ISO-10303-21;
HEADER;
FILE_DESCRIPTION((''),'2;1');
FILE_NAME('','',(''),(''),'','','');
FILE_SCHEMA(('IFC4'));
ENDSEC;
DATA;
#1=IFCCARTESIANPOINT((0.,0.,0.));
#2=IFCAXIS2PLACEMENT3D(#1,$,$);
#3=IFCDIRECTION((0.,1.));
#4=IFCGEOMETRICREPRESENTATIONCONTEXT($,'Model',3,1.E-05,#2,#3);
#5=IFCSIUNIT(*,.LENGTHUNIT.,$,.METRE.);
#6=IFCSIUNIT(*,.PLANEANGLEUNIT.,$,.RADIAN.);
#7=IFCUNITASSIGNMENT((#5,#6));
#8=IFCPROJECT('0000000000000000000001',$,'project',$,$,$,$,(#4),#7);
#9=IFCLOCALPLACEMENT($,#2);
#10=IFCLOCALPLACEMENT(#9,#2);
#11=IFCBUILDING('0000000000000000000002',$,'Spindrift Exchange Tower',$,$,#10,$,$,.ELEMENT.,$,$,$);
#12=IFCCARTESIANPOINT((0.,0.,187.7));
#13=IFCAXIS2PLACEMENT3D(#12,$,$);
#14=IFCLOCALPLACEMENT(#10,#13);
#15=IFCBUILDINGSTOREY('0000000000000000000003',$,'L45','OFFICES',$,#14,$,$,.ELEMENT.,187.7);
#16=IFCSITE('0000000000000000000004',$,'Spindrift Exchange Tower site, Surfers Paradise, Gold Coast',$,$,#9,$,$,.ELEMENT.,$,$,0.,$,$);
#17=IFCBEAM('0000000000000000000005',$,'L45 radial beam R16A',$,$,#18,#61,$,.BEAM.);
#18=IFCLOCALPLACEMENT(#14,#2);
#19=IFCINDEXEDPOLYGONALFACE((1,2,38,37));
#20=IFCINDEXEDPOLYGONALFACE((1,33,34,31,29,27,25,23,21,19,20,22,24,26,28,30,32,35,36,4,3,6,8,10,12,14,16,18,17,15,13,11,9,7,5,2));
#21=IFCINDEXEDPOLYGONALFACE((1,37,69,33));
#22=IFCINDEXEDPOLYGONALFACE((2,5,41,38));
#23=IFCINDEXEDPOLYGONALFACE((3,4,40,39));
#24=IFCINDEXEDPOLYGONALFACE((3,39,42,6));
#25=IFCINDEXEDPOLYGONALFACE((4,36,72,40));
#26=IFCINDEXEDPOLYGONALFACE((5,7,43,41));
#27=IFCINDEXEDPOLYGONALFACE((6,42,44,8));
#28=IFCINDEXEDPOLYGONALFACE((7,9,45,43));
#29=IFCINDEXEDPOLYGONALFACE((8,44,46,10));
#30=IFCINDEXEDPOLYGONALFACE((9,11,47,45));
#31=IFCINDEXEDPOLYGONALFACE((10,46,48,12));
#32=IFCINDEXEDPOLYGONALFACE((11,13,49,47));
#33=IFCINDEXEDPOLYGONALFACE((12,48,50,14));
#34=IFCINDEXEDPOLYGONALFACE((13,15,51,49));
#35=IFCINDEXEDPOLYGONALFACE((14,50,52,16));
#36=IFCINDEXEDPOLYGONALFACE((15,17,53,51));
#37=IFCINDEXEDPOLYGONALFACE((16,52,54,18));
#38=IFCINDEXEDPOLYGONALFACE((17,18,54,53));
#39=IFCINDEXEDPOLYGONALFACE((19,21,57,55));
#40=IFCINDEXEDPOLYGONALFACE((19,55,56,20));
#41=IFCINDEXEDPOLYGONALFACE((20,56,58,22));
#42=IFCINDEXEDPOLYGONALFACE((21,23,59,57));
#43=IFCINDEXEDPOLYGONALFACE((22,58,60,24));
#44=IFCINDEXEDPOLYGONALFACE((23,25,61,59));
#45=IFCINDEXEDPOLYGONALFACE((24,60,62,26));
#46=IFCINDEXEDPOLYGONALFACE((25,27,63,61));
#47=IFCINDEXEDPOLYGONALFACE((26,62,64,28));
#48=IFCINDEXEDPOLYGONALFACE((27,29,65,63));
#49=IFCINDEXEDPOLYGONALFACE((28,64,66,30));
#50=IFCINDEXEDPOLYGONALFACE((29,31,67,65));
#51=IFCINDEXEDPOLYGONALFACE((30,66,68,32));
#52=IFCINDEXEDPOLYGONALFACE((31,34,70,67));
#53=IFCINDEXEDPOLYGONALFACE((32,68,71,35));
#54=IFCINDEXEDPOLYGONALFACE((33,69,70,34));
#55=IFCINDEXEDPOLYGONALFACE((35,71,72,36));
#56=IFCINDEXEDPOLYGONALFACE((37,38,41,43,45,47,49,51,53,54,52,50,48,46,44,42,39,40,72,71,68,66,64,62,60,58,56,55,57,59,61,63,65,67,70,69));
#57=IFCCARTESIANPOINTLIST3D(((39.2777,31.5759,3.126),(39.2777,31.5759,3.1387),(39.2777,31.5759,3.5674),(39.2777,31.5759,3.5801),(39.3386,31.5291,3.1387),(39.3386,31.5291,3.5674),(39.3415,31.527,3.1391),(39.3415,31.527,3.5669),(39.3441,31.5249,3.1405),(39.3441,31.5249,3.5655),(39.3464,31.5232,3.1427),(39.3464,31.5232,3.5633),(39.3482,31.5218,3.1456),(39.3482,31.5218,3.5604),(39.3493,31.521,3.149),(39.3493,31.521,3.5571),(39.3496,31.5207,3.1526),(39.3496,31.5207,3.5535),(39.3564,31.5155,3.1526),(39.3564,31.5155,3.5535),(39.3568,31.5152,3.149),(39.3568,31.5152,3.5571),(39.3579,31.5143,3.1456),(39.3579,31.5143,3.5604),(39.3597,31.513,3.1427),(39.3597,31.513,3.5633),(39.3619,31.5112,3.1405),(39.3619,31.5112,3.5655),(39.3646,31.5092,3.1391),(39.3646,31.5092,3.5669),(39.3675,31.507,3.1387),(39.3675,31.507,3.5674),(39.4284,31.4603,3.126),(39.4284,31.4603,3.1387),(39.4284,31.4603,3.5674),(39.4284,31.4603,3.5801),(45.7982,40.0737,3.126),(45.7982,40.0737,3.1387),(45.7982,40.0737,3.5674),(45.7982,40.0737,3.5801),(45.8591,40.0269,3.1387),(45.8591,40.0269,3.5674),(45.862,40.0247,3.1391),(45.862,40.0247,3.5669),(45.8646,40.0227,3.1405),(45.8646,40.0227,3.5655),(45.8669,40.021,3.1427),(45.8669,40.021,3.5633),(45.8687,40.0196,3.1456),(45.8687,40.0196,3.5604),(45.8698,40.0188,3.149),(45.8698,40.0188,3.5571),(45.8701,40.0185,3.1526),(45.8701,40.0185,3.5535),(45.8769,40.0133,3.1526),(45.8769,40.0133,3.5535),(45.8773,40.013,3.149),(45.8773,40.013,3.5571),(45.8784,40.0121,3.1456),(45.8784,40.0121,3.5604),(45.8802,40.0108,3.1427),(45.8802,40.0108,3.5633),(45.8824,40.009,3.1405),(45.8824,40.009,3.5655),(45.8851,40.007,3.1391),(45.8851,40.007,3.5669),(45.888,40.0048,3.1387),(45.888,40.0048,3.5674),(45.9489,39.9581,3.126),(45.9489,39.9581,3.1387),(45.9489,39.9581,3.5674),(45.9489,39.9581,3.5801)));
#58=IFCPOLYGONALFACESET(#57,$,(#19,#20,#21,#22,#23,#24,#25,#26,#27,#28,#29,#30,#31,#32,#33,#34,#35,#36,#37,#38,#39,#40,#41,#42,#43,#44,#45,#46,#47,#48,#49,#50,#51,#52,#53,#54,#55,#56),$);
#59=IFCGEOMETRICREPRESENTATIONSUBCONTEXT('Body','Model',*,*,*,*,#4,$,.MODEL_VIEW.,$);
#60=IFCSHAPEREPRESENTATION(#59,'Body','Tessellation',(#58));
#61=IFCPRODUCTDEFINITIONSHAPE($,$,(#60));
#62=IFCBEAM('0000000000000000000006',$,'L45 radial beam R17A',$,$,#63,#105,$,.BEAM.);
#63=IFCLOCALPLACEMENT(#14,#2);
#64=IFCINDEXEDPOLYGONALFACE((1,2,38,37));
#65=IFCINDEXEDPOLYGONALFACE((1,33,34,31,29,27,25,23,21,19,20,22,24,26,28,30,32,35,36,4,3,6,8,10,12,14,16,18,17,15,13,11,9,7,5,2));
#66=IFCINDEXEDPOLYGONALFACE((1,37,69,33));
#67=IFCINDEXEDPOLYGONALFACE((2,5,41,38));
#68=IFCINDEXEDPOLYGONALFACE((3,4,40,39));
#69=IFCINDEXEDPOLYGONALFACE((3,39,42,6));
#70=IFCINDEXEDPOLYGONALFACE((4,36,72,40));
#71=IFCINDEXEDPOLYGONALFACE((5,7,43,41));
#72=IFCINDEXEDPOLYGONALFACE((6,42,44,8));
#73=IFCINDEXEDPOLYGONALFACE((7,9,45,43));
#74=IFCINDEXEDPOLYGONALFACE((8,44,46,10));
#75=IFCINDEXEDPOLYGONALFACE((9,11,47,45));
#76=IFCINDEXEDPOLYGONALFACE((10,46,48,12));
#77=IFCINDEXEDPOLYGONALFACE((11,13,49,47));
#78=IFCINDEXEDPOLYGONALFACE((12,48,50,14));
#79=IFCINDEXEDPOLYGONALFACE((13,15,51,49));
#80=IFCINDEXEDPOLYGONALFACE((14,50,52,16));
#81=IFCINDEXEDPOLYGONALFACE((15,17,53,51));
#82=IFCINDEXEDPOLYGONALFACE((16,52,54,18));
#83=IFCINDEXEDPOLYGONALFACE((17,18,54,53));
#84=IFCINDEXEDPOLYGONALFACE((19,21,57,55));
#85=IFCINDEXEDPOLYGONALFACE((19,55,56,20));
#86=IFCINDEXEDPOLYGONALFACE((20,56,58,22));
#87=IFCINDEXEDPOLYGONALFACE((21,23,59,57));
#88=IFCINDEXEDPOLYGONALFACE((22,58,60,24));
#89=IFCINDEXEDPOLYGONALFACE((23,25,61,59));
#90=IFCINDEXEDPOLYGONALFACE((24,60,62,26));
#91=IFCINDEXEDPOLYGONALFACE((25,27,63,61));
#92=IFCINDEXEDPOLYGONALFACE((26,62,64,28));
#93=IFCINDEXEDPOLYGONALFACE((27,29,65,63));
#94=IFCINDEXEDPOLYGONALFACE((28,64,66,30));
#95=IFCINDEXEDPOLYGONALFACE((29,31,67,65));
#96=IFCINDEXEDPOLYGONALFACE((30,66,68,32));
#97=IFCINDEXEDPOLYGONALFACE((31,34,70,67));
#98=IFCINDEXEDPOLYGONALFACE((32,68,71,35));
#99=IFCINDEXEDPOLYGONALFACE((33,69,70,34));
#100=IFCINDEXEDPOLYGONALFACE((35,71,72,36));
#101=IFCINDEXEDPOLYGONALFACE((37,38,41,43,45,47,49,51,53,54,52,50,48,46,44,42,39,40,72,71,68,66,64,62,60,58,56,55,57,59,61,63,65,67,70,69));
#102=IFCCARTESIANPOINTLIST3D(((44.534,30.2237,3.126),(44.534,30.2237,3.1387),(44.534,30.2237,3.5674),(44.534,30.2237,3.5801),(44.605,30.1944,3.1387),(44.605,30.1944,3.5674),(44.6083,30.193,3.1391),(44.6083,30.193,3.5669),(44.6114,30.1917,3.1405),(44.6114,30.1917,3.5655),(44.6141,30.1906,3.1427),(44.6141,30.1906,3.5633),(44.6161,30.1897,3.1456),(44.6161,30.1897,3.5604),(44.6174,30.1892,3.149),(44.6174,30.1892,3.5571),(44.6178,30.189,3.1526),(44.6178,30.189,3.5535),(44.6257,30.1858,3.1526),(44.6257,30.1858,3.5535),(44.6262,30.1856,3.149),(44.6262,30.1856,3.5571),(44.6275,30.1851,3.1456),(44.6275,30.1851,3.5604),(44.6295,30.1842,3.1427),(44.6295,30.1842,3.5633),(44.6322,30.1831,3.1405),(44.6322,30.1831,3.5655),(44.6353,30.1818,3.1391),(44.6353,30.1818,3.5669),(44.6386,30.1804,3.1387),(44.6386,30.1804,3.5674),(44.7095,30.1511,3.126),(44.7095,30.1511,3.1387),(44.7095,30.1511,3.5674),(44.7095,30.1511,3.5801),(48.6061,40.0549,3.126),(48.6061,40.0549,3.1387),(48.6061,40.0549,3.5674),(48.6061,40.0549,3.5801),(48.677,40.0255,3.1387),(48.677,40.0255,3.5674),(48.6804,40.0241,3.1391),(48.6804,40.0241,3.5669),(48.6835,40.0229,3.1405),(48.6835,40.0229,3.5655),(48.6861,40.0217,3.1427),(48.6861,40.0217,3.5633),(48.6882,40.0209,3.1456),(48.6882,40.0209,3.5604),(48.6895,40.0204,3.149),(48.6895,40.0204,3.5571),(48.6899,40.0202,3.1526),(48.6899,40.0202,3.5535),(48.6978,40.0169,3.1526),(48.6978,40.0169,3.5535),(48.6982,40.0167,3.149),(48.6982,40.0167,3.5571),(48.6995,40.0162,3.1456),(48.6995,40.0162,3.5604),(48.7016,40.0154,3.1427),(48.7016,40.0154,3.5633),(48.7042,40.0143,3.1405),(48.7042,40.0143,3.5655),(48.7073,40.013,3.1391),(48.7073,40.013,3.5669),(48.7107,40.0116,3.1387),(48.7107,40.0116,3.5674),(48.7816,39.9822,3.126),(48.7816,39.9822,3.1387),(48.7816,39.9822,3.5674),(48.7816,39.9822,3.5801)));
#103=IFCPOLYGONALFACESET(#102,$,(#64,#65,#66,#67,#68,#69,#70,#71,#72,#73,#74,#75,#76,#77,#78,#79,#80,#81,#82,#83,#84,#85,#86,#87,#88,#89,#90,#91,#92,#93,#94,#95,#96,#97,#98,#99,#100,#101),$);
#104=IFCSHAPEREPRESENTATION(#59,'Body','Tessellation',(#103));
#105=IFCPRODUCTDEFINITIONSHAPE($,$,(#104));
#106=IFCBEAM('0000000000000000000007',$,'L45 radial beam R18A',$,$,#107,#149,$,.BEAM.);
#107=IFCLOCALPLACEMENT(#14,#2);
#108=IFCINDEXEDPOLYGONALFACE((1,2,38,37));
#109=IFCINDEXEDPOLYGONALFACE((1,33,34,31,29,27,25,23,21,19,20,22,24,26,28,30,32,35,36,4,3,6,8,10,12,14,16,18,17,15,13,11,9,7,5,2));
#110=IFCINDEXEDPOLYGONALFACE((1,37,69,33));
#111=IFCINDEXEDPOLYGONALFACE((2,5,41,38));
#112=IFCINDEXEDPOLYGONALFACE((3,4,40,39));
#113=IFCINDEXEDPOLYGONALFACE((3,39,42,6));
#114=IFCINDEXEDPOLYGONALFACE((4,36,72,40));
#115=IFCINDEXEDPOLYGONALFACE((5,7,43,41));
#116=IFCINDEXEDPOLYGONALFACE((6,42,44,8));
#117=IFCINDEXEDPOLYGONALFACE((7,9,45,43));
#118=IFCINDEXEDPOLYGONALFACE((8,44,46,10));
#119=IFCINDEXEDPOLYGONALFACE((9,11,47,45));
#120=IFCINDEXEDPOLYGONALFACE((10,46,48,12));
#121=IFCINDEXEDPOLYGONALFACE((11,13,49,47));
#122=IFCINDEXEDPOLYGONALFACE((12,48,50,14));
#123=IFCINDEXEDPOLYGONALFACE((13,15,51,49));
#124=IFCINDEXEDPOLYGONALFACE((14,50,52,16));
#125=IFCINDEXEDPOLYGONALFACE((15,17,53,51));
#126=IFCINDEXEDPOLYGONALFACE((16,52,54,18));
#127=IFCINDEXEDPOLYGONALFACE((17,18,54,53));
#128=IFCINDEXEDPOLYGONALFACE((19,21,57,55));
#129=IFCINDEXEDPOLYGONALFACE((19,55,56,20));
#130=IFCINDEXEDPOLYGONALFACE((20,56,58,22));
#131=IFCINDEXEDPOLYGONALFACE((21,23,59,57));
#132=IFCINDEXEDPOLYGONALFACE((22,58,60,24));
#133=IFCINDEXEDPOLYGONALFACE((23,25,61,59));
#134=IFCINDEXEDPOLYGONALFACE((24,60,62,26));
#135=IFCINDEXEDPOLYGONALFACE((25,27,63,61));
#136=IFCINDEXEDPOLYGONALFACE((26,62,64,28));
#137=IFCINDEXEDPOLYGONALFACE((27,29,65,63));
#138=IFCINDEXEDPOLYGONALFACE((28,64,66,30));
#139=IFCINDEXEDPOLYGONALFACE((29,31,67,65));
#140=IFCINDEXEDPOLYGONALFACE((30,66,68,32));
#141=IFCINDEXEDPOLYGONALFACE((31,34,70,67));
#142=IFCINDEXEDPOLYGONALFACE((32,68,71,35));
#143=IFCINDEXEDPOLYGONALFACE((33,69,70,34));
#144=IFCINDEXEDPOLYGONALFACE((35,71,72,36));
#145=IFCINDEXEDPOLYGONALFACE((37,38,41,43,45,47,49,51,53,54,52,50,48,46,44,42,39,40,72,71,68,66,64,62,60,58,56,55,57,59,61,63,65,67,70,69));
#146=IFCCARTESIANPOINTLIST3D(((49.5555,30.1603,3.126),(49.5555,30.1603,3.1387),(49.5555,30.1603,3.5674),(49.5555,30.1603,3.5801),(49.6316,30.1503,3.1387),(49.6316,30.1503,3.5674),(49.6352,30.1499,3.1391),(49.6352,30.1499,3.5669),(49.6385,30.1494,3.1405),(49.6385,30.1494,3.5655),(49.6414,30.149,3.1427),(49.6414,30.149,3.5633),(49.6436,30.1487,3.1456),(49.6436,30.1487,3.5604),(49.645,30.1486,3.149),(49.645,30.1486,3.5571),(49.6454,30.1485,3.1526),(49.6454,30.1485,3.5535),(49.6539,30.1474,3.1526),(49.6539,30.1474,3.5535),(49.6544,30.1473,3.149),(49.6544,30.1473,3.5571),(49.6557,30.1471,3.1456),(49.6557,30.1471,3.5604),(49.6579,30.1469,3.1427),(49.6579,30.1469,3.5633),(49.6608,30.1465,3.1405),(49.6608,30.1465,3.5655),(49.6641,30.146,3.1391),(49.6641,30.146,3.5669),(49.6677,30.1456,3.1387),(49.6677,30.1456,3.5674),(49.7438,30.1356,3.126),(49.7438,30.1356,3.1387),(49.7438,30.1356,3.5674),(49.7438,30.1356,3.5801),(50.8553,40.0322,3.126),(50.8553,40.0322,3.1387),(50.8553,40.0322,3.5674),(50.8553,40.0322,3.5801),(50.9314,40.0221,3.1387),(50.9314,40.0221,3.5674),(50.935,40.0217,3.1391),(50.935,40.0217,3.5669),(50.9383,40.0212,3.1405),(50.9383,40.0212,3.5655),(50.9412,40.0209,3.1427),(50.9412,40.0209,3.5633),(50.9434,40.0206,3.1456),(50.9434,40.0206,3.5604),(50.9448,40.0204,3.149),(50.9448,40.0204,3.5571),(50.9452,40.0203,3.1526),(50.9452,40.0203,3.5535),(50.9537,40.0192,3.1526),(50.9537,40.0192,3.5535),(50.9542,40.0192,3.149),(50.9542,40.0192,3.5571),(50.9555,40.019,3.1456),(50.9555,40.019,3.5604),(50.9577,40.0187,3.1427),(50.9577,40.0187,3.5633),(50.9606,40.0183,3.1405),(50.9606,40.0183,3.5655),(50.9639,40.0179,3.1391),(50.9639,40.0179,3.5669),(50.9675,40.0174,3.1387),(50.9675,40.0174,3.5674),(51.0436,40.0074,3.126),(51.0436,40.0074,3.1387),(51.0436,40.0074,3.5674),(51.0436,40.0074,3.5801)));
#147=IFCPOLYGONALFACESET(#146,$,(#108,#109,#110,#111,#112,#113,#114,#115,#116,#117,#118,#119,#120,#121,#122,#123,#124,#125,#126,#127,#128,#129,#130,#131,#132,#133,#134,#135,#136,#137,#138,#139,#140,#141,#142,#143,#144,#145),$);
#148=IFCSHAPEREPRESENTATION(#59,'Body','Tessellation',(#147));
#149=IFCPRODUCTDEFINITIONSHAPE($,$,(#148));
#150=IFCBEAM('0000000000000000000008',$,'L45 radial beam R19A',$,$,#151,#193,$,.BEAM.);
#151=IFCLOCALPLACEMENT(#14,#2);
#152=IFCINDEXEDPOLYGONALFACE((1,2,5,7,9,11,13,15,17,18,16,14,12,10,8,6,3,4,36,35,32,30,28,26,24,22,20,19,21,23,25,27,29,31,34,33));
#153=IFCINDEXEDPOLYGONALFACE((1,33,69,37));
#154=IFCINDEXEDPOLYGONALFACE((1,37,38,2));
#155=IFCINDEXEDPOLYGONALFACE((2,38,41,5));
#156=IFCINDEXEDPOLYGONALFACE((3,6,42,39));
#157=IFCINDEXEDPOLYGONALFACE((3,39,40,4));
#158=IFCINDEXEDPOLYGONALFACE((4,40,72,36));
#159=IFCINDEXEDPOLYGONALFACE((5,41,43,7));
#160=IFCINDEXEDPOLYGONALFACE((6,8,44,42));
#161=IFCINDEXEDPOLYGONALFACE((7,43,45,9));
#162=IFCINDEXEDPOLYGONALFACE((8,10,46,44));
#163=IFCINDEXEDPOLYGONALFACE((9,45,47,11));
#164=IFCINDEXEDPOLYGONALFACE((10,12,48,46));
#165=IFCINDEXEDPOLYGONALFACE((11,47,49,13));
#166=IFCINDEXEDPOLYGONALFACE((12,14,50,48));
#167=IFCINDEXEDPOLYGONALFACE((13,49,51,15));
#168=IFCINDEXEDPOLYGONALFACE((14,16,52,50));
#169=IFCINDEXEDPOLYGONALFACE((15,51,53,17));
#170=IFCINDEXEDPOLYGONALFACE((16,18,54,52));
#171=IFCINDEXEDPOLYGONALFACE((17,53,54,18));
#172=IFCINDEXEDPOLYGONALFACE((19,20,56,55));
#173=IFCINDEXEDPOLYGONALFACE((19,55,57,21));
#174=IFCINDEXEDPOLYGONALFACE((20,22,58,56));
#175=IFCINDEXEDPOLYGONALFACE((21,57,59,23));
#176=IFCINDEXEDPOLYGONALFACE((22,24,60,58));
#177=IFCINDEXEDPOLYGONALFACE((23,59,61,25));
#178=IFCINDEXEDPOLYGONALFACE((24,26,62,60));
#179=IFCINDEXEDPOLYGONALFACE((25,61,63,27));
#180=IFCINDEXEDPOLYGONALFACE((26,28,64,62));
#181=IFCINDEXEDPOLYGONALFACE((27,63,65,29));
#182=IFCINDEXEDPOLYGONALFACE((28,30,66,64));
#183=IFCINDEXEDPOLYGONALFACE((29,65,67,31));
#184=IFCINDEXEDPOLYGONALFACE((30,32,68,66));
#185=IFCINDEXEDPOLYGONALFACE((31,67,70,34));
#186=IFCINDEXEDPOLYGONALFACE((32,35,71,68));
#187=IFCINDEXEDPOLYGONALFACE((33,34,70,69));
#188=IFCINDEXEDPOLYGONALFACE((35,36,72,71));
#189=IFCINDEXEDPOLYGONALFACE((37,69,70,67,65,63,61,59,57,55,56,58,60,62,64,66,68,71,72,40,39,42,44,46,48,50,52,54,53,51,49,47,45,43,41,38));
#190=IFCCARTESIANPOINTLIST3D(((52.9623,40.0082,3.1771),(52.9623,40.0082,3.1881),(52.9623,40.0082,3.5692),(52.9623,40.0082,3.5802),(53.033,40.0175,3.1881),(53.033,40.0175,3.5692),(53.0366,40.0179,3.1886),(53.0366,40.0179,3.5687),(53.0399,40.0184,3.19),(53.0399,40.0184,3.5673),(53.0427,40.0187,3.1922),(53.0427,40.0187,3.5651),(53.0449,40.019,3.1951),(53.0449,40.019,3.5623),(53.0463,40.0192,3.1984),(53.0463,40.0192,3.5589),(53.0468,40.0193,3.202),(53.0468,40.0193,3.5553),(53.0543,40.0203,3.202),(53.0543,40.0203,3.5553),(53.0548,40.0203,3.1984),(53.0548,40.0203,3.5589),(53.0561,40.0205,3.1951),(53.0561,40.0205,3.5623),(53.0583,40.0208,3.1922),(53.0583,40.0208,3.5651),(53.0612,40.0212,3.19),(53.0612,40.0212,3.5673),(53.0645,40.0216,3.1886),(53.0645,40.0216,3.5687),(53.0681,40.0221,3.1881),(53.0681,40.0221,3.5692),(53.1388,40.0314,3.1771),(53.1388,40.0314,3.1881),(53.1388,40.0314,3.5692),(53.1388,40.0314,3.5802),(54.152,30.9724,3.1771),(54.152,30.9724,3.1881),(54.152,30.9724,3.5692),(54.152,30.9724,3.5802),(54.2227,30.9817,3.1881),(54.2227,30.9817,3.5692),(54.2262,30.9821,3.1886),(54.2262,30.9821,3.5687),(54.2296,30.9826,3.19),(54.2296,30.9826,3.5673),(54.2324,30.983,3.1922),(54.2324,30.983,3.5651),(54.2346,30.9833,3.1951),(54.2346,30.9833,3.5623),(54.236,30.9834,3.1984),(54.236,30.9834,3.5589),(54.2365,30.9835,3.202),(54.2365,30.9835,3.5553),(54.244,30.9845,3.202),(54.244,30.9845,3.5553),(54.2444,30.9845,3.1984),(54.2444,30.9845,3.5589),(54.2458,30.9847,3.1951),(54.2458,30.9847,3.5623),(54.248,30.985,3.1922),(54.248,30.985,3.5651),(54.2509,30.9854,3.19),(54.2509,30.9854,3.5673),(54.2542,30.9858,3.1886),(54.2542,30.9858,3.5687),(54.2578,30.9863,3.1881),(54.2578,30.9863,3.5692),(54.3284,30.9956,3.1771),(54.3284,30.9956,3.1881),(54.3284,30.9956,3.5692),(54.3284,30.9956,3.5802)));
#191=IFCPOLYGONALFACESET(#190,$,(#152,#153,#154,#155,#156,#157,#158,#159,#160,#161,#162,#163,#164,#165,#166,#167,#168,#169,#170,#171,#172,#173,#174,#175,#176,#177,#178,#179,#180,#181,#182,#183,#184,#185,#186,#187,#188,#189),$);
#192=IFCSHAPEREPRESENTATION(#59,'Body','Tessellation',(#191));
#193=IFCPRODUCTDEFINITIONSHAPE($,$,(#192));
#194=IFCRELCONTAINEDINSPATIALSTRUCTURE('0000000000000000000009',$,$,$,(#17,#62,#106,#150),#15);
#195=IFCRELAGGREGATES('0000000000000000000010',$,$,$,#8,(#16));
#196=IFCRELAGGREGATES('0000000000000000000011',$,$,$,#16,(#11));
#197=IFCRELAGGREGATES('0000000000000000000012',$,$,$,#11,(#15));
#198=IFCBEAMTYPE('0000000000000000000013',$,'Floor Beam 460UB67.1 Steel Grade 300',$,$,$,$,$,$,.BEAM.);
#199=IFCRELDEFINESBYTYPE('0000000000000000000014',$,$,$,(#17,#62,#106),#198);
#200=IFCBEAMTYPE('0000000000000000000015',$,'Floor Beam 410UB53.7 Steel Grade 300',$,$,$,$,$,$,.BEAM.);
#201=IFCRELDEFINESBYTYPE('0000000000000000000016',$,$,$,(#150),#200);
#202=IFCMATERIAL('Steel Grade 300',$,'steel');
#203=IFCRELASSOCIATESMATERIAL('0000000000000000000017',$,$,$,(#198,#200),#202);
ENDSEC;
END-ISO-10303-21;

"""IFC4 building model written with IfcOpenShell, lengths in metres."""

from ifc_helpers import new_model, si_unit, direction, frame, origin, origin_2d, place, context, subcontext, project, spatial, i_section, extrude, source, transform, mapped, material, material_profile, profile_set, type_object, element, save


model = new_model("IFC4")

# Units and contexts
model_context = context("Model", 3, precision=1e-05, world=origin(), true_north=direction((0.0, 1.0)))
body_context = subcontext(model_context, "Body", "Model", "MODEL_VIEW")
ifc_project = project(units=[si_unit("LENGTHUNIT", "METRE"), si_unit("PLANEANGLEUNIT", "RADIAN")], contexts=[model_context])

# Site, building, storey
site_placement = place(None, origin())
site = spatial("IfcSite", under=ifc_project, at=site_placement, Name="Spindrift Exchange Tower site, Surfers Paradise, Gold Coast", CompositionType="ELEMENT", RefElevation=0.0)
building_placement = place(site_placement, origin())
building = spatial("IfcBuilding", under=site, at=building_placement, Name="Spindrift Exchange Tower", CompositionType="ELEMENT")
storey_placement = place(building_placement, frame((0.0, 0.0, 187.7)))
storey = spatial("IfcBuildingStorey", under=building, at=storey_placement, Name="L45", Description="OFFICES", CompositionType="ELEMENT", Elevation=187.7)

# Beams
ifc_material_1 = material(Name="Steel Grade 300", Category="steel")
ifc_material_profile_1 = material_profile(ifc_material_1, i_section(OverallWidth=0.1899, OverallDepth=0.4541, WebThickness=0.0085, FlangeThickness=0.0127, FilletRadius=0.0139, at=origin_2d()), Name="460UB67.1")
ifc_profile_set_1 = profile_set([ifc_material_profile_1], Name="Steel Grade 300")
beam_type_1 = type_object("IfcBeamType", Name="Floor Beam 460UB67.1 Steel Grade 300", PredefinedType="BEAM", material=ifc_profile_set_1)
shared_shape_1 = source(origin(), body_context, "Body", "SweptSolid", [
    extrude(i_section(OverallWidth=0.1899, OverallDepth=0.4541, WebThickness=0.0085, FlangeThickness=0.0127, FilletRadius=0.0139, at=origin_2d()), origin(), (0.0, 0.0, 1.0), 10.7112),
])
beam_1_placement = place(storey_placement, frame((45.8735, 40.0159, 3.353), z_axis=(-0.608756, -0.793357, 0.0), x_axis=(0.793357, -0.608756, 0.0)))
element("IfcBeam", 1, at=beam_1_placement, inside=storey, type_object=beam_type_1, Name="L45 radial beam R16A", PredefinedType="BEAM", context=body_context, shape_type="MappedRepresentation", body=[
    mapped(shared_shape_1, transform((0.0, 0.0, 0.0), scale=1.0)),
])
shared_shape_2 = source(origin(), body_context, "Body", "SweptSolid", [
    extrude(i_section(OverallWidth=0.1899, OverallDepth=0.4541, WebThickness=0.0085, FlangeThickness=0.0127, FilletRadius=0.0139, at=origin_2d()), origin(), (0.0, 0.0, 1.0), 10.6411),
])
beam_2_placement = place(storey_placement, frame((48.6938, 40.0186, 3.353), z_axis=(-0.382673, -0.923884, 0.0), x_axis=(0.923884, -0.382673, 0.0)))
element("IfcBeam", 2, at=beam_2_placement, inside=storey, type_object=beam_type_1, Name="L45 radial beam R17A", PredefinedType="BEAM", context=body_context, shape_type="MappedRepresentation", body=[
    mapped(shared_shape_2, transform((0.0, 0.0, 0.0), scale=1.0)),
])
shared_shape_3 = source(origin(), body_context, "Body", "SweptSolid", [
    extrude(i_section(OverallWidth=0.1899, OverallDepth=0.4541, WebThickness=0.0085, FlangeThickness=0.0127, FilletRadius=0.0139, at=origin_2d()), origin(), (0.0, 0.0, 1.0), 9.957),
])
beam_3_placement = place(storey_placement, frame((50.9495, 40.0198, 3.353), z_axis=(-0.130541, -0.991443, 0.0), x_axis=(0.991443, -0.130541, 0.0)))
element("IfcBeam", 3, at=beam_3_placement, inside=storey, type_object=beam_type_1, Name="L45 radial beam R18A", PredefinedType="BEAM", context=body_context, shape_type="MappedRepresentation", body=[
    mapped(shared_shape_3, transform((0.0, 0.0, 0.0), scale=1.0)),
])
ifc_material_profile_2 = material_profile(ifc_material_1, i_section(OverallWidth=0.178, OverallDepth=0.4031, WebThickness=0.0076, FlangeThickness=0.011, FilletRadius=0.0139, at=origin_2d()), Name="410UB53.7")
ifc_profile_set_2 = profile_set([ifc_material_profile_2], Name="Steel Grade 300")
beam_type_2 = type_object("IfcBeamType", Name="Floor Beam 410UB53.7 Steel Grade 300", PredefinedType="BEAM", material=ifc_profile_set_2)
shared_shape_4 = source(origin(), body_context, "Body", "SweptSolid", [
    extrude(i_section(OverallWidth=0.178, OverallDepth=0.4031, WebThickness=0.0076, FlangeThickness=0.011, FilletRadius=0.0139, at=origin_2d()), origin(), (0.0, 0.0, 1.0), 9.1138),
])
beam_4_placement = place(storey_placement, frame((53.0505, 40.0198, 3.3787), z_axis=(0.130537, -0.991443, 0.0), x_axis=(0.991443, 0.130537, 0.0)))
element("IfcBeam", 4, at=beam_4_placement, inside=storey, type_object=beam_type_2, Name="L45 radial beam R19A", PredefinedType="BEAM", context=body_context, shape_type="MappedRepresentation", body=[
    mapped(shared_shape_4, transform((0.0, 0.0, 0.0), scale=1.0)),
])

save(model, "model.ifc")
